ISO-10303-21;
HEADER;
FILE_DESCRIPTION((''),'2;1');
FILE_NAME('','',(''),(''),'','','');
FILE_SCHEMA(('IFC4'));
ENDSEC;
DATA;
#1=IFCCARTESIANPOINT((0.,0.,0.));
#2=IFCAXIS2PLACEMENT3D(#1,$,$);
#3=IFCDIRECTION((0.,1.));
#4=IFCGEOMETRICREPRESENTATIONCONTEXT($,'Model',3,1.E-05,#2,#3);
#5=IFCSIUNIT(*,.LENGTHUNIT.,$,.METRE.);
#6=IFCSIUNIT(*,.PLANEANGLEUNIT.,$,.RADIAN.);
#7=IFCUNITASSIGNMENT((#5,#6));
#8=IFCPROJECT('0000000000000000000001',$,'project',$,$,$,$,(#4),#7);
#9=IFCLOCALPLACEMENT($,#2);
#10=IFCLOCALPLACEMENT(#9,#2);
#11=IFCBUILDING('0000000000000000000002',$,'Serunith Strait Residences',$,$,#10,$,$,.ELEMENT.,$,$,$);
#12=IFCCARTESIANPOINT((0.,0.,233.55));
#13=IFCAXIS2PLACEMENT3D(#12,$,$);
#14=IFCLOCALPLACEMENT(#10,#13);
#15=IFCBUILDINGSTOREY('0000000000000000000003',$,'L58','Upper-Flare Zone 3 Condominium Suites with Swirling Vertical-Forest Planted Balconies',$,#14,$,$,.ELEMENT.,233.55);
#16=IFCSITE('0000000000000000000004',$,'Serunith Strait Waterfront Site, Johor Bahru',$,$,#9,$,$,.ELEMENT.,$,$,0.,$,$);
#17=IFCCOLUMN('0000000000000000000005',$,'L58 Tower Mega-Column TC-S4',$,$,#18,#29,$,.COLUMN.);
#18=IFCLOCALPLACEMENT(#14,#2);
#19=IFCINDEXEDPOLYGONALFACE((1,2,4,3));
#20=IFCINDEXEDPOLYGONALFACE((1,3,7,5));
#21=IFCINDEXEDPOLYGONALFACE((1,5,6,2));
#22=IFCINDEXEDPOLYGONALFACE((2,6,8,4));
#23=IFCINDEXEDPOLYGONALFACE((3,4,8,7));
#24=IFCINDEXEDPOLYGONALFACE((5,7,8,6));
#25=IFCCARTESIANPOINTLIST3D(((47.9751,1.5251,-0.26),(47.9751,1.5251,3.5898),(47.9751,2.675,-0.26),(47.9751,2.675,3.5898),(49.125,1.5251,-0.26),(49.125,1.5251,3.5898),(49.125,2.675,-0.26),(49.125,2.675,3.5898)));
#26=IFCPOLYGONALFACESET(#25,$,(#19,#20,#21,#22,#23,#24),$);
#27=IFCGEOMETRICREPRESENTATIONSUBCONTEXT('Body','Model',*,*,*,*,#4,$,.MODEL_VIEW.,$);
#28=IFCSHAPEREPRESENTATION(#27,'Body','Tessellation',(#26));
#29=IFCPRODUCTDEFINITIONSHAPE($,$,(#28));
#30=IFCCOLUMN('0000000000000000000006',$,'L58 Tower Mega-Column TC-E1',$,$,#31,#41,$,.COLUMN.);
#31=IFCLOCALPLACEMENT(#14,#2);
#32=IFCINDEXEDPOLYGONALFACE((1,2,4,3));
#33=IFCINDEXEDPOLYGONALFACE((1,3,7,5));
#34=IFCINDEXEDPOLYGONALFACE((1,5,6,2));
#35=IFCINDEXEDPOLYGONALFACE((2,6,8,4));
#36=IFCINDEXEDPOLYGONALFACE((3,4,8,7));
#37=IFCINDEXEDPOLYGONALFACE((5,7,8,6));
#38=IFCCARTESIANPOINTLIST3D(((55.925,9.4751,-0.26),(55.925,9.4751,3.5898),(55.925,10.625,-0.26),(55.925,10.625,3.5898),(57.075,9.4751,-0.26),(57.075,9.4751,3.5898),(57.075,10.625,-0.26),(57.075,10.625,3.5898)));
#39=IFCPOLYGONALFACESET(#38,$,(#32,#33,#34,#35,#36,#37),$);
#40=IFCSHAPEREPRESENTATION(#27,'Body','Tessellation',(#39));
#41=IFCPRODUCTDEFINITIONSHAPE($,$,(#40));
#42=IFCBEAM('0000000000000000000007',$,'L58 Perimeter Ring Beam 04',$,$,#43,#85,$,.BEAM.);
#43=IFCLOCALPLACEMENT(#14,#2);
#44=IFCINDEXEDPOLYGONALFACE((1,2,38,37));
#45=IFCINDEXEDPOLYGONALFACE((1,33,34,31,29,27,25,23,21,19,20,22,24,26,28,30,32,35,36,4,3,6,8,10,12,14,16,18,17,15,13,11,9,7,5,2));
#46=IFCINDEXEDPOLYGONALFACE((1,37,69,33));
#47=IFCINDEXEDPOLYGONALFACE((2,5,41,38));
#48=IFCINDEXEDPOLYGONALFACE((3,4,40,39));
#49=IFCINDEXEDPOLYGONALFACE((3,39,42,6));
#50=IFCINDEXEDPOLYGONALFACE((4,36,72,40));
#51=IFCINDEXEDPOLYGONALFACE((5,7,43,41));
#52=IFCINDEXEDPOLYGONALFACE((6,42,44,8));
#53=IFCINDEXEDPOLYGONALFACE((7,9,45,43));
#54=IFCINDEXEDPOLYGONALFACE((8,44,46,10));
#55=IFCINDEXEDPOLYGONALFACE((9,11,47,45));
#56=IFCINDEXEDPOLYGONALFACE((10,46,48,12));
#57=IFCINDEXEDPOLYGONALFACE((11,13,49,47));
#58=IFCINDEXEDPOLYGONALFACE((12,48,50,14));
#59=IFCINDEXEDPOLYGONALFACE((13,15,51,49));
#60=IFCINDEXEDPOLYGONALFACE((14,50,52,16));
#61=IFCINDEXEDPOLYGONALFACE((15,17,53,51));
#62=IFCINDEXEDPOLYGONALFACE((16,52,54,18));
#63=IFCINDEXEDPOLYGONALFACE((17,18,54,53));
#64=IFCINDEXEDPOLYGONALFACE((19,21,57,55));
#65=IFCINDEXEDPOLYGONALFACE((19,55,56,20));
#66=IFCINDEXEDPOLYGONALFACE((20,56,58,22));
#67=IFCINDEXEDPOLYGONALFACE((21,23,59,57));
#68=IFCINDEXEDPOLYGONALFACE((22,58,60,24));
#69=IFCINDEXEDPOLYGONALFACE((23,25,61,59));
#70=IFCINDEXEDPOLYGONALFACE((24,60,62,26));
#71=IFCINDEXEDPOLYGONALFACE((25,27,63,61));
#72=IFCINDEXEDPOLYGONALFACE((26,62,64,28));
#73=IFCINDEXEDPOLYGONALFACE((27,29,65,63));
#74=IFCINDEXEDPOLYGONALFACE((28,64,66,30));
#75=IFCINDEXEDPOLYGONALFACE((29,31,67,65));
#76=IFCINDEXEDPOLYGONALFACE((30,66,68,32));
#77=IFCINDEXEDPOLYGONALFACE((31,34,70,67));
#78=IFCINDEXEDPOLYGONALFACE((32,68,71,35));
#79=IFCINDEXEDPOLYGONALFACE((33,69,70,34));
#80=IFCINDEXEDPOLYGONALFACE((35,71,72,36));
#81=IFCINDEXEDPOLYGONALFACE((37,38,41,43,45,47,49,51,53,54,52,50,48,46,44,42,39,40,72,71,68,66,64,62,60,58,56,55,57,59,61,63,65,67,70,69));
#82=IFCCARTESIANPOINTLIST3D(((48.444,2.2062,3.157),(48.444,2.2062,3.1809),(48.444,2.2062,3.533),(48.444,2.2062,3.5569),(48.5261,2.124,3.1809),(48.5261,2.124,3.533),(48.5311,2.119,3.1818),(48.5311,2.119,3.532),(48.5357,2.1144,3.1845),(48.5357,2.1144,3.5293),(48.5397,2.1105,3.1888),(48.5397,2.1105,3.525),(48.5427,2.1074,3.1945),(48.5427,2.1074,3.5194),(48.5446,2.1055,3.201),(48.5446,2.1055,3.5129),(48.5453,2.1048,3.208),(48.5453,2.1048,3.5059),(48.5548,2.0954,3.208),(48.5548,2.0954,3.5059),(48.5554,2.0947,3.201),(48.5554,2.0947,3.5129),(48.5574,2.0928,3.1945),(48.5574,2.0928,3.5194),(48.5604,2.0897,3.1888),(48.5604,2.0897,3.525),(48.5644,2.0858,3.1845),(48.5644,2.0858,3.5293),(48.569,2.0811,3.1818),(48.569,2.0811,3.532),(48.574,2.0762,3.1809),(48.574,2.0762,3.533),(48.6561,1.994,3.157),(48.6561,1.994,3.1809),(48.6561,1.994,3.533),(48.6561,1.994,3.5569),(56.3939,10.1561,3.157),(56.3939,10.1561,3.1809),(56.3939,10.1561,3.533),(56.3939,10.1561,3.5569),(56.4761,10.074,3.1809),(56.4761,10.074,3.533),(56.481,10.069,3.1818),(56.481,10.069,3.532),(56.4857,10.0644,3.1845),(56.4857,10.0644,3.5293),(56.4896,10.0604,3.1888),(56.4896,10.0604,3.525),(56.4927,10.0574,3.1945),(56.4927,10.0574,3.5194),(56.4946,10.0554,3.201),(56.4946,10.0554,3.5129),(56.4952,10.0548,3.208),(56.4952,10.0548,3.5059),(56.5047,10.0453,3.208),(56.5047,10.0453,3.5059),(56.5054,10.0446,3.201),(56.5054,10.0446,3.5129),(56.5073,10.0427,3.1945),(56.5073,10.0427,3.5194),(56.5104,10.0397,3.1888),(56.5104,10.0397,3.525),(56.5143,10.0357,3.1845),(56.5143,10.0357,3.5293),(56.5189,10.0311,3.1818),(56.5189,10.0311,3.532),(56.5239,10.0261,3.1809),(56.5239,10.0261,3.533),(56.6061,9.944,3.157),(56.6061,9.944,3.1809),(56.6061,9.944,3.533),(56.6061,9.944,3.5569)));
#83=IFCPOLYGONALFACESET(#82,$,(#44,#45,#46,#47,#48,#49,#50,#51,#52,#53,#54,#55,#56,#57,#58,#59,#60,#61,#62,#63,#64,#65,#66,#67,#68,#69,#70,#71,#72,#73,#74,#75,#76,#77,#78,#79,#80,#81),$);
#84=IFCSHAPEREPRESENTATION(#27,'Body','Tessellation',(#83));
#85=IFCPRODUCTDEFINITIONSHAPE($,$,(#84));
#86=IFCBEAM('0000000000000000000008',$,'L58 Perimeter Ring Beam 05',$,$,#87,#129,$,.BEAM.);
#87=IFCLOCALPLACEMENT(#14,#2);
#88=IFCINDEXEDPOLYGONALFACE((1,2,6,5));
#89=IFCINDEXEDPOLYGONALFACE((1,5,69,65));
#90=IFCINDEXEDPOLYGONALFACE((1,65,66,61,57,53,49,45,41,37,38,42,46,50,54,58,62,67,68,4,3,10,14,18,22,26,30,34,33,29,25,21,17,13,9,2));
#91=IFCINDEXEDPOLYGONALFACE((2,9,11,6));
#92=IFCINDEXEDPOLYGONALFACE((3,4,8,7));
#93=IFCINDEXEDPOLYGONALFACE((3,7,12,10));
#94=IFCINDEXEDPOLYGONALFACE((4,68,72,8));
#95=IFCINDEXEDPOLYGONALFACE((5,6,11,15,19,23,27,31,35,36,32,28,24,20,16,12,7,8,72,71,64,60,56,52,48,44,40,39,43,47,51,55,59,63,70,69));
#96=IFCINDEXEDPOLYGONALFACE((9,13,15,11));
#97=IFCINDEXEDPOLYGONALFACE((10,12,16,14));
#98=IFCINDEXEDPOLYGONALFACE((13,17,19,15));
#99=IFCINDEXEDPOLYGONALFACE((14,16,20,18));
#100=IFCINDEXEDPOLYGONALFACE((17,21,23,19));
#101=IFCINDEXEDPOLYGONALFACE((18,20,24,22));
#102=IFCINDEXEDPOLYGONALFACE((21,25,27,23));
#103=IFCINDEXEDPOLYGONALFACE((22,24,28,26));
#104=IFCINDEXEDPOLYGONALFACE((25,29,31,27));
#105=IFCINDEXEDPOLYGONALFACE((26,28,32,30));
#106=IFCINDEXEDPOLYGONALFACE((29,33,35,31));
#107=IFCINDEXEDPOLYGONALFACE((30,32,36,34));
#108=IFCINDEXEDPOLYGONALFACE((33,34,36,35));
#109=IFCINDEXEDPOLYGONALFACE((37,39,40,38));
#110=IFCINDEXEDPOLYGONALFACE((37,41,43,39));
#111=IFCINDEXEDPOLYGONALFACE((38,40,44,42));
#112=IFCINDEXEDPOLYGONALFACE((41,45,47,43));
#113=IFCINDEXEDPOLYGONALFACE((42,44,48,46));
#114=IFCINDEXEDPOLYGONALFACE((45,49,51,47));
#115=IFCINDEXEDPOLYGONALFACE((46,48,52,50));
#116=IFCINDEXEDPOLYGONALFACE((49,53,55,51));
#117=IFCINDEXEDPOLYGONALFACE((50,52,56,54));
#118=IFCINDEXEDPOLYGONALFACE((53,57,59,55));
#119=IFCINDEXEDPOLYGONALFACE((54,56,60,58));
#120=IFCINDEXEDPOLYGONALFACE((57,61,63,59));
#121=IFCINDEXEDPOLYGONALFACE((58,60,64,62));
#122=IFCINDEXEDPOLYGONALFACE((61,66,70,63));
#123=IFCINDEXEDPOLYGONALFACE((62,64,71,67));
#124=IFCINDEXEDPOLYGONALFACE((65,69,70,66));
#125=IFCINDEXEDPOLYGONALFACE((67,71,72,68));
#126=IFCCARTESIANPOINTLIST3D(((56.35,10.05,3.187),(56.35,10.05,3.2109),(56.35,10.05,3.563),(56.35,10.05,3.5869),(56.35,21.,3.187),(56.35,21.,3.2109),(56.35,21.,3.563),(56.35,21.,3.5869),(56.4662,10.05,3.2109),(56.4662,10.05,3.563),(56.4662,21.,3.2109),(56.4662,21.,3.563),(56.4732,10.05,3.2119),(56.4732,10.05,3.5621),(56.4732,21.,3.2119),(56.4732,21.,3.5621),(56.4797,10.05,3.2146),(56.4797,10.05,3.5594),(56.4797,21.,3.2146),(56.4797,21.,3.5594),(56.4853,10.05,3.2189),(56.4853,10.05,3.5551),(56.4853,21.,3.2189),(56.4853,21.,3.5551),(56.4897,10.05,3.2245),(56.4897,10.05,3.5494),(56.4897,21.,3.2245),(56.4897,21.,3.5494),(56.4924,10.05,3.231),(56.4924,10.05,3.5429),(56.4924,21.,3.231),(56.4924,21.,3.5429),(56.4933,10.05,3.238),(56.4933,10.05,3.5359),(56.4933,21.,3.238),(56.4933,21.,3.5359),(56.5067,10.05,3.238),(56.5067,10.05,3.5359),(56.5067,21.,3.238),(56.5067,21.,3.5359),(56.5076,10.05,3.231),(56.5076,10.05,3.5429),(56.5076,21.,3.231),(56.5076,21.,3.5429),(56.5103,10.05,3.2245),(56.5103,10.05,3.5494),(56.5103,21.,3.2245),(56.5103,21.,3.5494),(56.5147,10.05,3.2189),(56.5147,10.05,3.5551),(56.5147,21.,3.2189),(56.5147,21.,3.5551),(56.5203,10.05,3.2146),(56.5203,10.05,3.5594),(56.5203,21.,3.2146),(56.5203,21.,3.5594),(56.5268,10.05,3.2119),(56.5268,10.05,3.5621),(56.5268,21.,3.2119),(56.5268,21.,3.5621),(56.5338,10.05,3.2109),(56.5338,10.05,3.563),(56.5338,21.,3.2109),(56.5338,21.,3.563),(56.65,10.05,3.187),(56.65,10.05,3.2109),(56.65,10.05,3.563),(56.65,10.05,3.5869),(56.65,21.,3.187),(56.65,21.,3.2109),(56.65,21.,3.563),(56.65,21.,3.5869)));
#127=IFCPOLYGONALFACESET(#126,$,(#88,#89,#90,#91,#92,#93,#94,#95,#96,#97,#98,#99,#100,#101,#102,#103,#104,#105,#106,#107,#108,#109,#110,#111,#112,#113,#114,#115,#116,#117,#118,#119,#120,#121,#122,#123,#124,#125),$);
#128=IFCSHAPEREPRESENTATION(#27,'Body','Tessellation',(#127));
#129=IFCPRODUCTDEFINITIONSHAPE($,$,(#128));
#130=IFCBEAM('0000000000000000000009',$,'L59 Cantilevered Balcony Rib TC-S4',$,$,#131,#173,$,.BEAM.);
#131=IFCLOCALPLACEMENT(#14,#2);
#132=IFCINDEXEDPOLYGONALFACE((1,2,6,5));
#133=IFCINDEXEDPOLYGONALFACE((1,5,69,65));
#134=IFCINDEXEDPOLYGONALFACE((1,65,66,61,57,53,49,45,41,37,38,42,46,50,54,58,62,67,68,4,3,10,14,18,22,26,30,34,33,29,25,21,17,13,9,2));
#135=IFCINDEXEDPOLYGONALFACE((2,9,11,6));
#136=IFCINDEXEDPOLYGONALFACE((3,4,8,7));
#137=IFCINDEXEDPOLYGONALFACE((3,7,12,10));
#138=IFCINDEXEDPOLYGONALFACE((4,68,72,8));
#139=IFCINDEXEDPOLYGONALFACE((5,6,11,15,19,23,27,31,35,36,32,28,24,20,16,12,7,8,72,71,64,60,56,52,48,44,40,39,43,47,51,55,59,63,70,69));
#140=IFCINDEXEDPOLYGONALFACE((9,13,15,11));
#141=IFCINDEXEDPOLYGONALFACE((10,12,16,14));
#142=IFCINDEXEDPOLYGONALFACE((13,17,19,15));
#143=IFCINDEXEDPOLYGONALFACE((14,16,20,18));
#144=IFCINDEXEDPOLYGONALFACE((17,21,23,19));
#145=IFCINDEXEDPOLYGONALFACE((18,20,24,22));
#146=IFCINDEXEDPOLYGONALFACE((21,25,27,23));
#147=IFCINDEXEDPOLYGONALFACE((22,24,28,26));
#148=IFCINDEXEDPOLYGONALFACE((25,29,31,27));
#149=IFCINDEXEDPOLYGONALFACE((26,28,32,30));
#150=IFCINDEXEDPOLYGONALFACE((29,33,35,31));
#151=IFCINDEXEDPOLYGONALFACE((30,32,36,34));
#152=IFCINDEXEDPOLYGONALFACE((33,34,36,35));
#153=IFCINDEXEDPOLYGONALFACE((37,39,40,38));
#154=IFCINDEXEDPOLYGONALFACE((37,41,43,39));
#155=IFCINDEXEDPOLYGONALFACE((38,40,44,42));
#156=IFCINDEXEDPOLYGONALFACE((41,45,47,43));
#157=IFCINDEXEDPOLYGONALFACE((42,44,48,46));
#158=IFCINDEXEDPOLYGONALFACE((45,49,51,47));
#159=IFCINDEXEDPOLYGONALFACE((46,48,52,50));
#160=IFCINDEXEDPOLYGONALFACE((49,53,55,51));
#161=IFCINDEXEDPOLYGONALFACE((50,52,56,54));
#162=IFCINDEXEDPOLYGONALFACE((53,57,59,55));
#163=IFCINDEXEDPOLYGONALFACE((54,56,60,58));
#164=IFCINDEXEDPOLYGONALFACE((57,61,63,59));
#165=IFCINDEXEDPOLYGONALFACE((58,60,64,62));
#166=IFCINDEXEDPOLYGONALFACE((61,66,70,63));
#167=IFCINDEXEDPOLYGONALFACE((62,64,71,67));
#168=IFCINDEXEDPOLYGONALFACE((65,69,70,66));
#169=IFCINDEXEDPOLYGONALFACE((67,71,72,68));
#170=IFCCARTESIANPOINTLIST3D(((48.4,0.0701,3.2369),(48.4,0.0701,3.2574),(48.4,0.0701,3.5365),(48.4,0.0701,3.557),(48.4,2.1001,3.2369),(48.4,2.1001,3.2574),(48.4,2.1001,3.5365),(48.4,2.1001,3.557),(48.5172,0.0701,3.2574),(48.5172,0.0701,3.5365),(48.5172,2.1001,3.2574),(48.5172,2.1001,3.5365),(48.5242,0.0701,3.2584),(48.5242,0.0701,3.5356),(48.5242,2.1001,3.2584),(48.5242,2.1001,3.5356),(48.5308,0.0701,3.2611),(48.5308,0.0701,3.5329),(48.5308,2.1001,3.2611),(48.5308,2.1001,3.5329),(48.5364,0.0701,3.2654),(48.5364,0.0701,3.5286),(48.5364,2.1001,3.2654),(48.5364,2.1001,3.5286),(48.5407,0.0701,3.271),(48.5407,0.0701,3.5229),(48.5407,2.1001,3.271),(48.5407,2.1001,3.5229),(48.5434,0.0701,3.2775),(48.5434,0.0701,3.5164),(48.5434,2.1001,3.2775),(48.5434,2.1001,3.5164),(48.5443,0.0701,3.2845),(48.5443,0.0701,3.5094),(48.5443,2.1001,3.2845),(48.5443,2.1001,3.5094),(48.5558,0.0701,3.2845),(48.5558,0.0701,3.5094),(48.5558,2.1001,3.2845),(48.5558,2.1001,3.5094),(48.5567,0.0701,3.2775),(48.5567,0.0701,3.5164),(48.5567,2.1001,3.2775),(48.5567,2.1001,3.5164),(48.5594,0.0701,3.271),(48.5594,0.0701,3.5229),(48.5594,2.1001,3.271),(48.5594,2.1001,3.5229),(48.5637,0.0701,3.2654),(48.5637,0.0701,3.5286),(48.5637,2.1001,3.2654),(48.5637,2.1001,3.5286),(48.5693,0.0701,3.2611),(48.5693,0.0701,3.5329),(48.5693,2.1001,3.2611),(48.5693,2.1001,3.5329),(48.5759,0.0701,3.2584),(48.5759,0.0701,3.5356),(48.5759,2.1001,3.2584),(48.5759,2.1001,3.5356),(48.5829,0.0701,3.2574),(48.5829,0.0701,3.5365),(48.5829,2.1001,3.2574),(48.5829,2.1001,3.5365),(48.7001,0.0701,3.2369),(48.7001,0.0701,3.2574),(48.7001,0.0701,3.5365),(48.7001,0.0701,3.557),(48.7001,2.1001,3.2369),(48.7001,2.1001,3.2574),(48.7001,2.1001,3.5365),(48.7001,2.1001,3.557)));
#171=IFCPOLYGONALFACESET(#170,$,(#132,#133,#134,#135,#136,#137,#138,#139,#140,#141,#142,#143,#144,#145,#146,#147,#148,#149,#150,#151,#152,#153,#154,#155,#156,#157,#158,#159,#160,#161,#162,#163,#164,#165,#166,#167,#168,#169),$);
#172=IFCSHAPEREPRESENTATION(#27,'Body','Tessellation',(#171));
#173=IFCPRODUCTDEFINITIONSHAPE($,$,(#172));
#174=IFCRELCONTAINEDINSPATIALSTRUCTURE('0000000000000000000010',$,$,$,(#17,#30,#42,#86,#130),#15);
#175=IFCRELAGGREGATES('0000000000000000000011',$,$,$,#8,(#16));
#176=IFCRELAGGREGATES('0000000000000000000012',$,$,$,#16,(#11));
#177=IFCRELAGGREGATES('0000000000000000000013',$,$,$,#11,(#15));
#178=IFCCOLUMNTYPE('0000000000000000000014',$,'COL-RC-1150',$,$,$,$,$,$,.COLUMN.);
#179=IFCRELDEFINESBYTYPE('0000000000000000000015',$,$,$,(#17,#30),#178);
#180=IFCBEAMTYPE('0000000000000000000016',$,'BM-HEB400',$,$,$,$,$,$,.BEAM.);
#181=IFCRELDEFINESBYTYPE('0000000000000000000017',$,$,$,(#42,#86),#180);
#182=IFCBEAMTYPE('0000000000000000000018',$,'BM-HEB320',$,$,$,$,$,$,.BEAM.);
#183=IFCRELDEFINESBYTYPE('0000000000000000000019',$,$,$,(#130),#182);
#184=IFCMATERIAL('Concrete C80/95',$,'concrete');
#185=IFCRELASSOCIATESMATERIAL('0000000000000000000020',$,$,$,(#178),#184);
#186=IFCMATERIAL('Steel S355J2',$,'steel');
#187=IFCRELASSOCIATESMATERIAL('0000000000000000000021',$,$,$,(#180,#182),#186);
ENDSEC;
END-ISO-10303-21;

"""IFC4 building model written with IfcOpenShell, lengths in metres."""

from ifc_helpers import new_model, si_unit, direction, frame, origin, origin_2d, place, context, subcontext, project, spatial, rectangle, i_section, extrude, source, transform, mapped, material, material_profile, profile_set, type_object, element, save


model = new_model("IFC4")

# Units and contexts
model_context = context("Model", 3, precision=1e-05, world=origin(), true_north=direction((0.0, 1.0)))
body_context = subcontext(model_context, "Body", "Model", "MODEL_VIEW")
ifc_project = project(units=[si_unit("LENGTHUNIT", "METRE"), si_unit("PLANEANGLEUNIT", "RADIAN")], contexts=[model_context])

# Site, building, storey
site_placement = place(None, origin())
site = spatial("IfcSite", under=ifc_project, at=site_placement, Name="Serunith Strait Waterfront Site, Johor Bahru", CompositionType="ELEMENT", RefElevation=0.0)
building_placement = place(site_placement, origin())
building = spatial("IfcBuilding", under=site, at=building_placement, Name="Serunith Strait Residences", CompositionType="ELEMENT")
storey_placement = place(building_placement, frame((0.0, 0.0, 233.55)))
storey = spatial("IfcBuildingStorey", under=building, at=storey_placement, Name="L58", Description="Upper-Flare Zone 3 Condominium Suites with Swirling Vertical-Forest Planted Balconies", CompositionType="ELEMENT", Elevation=233.55)

# Columns
ifc_material_1 = material(Name="Concrete C80/95", Category="concrete")
ifc_material_profile_1 = material_profile(ifc_material_1, rectangle(XDim=1.1499, YDim=1.1499, at=origin_2d()), Name="RC 1150x1150")
ifc_profile_set_1 = profile_set([ifc_material_profile_1], Name="Concrete C80/95")
column_type = type_object("IfcColumnType", Name="COL-RC-1150", PredefinedType="COLUMN", material=ifc_profile_set_1)
shared_shape_1 = source(origin(), body_context, "Body", "SweptSolid", [
    extrude(rectangle(XDim=1.1499, YDim=1.1499, at=origin_2d()), origin(), (0.0, 0.0, 1.0), 3.8499),
])
for number, where, z_axis, x_axis, name in (
    (1, (48.55, 2.1001, -0.26), (0.0, 0.0, 1.0), (1.0, 0.0, 0.0), "L58 Tower Mega-Column TC-S4"),
    (2, (56.5, 10.05, -0.26), (0.0, 0.0, 1.0), (1.0, 0.0, 0.0), "L58 Tower Mega-Column TC-E1"),
):
    element("IfcColumn", number, at=place(storey_placement, frame(where, z_axis=z_axis, x_axis=x_axis)), inside=storey, type_object=column_type, Name=name, PredefinedType="COLUMN", context=body_context, shape_type="MappedRepresentation", body=[
        mapped(shared_shape_1, transform((0.0, 0.0, 0.0), scale=1.0)),
    ])

# Beams
ifc_material_2 = material(Name="Steel S355J2", Category="steel")
ifc_material_profile_2 = material_profile(ifc_material_2, i_section(OverallWidth=0.3, OverallDepth=0.3999, WebThickness=0.0134, FlangeThickness=0.0239, FilletRadius=0.0271, at=origin_2d()), Name="HEB 400")
ifc_profile_set_2 = profile_set([ifc_material_profile_2], Name="Steel S355J2")
beam_type_1 = type_object("IfcBeamType", Name="BM-HEB400", PredefinedType="BEAM", material=ifc_profile_set_2)
shared_shape_2 = source(origin(), body_context, "Body", "SweptSolid", [
    extrude(i_section(OverallWidth=0.3, OverallDepth=0.3999, WebThickness=0.0134, FlangeThickness=0.0239, FilletRadius=0.0271, at=origin_2d()), origin(), (0.0, 0.0, 1.0), 11.2429),
])
beam_1_placement = place(storey_placement, frame((48.55, 2.1001, 3.3569), z_axis=(0.707107, 0.707107, 0.0), x_axis=(-0.707107, 0.707107, 0.0)))
element("IfcBeam", 3, at=beam_1_placement, inside=storey, type_object=beam_type_1, Name="L58 Perimeter Ring Beam 04", PredefinedType="BEAM", context=body_context, shape_type="MappedRepresentation", body=[
    mapped(shared_shape_2, transform((0.0, 0.0, 0.0), scale=1.0)),
])
shared_shape_3 = source(origin(), body_context, "Body", "SweptSolid", [
    extrude(i_section(OverallWidth=0.3, OverallDepth=0.3999, WebThickness=0.0134, FlangeThickness=0.0239, FilletRadius=0.0271, at=origin_2d()), origin(), (0.0, 0.0, 1.0), 10.95),
])
beam_2_placement = place(storey_placement, frame((56.5, 10.05, 3.387), z_axis=(0.0, 1.0, 0.0), x_axis=(-1.0, 0.0, 0.0)))
element("IfcBeam", 4, at=beam_2_placement, inside=storey, type_object=beam_type_1, Name="L58 Perimeter Ring Beam 05", PredefinedType="BEAM", context=body_context, shape_type="MappedRepresentation", body=[
    mapped(shared_shape_3, transform((0.0, 0.0, 0.0), scale=1.0)),
])
ifc_material_profile_3 = material_profile(ifc_material_2, i_section(OverallWidth=0.3, OverallDepth=0.3201, WebThickness=0.0115, FlangeThickness=0.0205, FilletRadius=0.0271, at=origin_2d()), Name="HEB 320")
ifc_profile_set_3 = profile_set([ifc_material_profile_3], Name="Steel S355J2")
beam_type_2 = type_object("IfcBeamType", Name="BM-HEB320", PredefinedType="BEAM", material=ifc_profile_set_3)
shared_shape_4 = source(origin(), body_context, "Body", "SweptSolid", [
    extrude(i_section(OverallWidth=0.3, OverallDepth=0.3201, WebThickness=0.0115, FlangeThickness=0.0205, FilletRadius=0.0271, at=origin_2d()), origin(), (0.0, 0.0, 1.0), 2.03),
])
for number, where, z_axis, x_axis, name in (
    (5, (48.55, 2.1001, 3.397), (0.0, -1.0, 0.0), (1.0, 0.0, 0.0), "L59 Cantilevered Balcony Rib TC-S4"),
):
    element("IfcBeam", number, at=place(storey_placement, frame(where, z_axis=z_axis, x_axis=x_axis)), inside=storey, type_object=beam_type_2, Name=name, PredefinedType="BEAM", context=body_context, shape_type="MappedRepresentation", body=[
        mapped(shared_shape_4, transform((0.0, 0.0, 0.0), scale=1.0)),
    ])

save(model, "model.ifc")
